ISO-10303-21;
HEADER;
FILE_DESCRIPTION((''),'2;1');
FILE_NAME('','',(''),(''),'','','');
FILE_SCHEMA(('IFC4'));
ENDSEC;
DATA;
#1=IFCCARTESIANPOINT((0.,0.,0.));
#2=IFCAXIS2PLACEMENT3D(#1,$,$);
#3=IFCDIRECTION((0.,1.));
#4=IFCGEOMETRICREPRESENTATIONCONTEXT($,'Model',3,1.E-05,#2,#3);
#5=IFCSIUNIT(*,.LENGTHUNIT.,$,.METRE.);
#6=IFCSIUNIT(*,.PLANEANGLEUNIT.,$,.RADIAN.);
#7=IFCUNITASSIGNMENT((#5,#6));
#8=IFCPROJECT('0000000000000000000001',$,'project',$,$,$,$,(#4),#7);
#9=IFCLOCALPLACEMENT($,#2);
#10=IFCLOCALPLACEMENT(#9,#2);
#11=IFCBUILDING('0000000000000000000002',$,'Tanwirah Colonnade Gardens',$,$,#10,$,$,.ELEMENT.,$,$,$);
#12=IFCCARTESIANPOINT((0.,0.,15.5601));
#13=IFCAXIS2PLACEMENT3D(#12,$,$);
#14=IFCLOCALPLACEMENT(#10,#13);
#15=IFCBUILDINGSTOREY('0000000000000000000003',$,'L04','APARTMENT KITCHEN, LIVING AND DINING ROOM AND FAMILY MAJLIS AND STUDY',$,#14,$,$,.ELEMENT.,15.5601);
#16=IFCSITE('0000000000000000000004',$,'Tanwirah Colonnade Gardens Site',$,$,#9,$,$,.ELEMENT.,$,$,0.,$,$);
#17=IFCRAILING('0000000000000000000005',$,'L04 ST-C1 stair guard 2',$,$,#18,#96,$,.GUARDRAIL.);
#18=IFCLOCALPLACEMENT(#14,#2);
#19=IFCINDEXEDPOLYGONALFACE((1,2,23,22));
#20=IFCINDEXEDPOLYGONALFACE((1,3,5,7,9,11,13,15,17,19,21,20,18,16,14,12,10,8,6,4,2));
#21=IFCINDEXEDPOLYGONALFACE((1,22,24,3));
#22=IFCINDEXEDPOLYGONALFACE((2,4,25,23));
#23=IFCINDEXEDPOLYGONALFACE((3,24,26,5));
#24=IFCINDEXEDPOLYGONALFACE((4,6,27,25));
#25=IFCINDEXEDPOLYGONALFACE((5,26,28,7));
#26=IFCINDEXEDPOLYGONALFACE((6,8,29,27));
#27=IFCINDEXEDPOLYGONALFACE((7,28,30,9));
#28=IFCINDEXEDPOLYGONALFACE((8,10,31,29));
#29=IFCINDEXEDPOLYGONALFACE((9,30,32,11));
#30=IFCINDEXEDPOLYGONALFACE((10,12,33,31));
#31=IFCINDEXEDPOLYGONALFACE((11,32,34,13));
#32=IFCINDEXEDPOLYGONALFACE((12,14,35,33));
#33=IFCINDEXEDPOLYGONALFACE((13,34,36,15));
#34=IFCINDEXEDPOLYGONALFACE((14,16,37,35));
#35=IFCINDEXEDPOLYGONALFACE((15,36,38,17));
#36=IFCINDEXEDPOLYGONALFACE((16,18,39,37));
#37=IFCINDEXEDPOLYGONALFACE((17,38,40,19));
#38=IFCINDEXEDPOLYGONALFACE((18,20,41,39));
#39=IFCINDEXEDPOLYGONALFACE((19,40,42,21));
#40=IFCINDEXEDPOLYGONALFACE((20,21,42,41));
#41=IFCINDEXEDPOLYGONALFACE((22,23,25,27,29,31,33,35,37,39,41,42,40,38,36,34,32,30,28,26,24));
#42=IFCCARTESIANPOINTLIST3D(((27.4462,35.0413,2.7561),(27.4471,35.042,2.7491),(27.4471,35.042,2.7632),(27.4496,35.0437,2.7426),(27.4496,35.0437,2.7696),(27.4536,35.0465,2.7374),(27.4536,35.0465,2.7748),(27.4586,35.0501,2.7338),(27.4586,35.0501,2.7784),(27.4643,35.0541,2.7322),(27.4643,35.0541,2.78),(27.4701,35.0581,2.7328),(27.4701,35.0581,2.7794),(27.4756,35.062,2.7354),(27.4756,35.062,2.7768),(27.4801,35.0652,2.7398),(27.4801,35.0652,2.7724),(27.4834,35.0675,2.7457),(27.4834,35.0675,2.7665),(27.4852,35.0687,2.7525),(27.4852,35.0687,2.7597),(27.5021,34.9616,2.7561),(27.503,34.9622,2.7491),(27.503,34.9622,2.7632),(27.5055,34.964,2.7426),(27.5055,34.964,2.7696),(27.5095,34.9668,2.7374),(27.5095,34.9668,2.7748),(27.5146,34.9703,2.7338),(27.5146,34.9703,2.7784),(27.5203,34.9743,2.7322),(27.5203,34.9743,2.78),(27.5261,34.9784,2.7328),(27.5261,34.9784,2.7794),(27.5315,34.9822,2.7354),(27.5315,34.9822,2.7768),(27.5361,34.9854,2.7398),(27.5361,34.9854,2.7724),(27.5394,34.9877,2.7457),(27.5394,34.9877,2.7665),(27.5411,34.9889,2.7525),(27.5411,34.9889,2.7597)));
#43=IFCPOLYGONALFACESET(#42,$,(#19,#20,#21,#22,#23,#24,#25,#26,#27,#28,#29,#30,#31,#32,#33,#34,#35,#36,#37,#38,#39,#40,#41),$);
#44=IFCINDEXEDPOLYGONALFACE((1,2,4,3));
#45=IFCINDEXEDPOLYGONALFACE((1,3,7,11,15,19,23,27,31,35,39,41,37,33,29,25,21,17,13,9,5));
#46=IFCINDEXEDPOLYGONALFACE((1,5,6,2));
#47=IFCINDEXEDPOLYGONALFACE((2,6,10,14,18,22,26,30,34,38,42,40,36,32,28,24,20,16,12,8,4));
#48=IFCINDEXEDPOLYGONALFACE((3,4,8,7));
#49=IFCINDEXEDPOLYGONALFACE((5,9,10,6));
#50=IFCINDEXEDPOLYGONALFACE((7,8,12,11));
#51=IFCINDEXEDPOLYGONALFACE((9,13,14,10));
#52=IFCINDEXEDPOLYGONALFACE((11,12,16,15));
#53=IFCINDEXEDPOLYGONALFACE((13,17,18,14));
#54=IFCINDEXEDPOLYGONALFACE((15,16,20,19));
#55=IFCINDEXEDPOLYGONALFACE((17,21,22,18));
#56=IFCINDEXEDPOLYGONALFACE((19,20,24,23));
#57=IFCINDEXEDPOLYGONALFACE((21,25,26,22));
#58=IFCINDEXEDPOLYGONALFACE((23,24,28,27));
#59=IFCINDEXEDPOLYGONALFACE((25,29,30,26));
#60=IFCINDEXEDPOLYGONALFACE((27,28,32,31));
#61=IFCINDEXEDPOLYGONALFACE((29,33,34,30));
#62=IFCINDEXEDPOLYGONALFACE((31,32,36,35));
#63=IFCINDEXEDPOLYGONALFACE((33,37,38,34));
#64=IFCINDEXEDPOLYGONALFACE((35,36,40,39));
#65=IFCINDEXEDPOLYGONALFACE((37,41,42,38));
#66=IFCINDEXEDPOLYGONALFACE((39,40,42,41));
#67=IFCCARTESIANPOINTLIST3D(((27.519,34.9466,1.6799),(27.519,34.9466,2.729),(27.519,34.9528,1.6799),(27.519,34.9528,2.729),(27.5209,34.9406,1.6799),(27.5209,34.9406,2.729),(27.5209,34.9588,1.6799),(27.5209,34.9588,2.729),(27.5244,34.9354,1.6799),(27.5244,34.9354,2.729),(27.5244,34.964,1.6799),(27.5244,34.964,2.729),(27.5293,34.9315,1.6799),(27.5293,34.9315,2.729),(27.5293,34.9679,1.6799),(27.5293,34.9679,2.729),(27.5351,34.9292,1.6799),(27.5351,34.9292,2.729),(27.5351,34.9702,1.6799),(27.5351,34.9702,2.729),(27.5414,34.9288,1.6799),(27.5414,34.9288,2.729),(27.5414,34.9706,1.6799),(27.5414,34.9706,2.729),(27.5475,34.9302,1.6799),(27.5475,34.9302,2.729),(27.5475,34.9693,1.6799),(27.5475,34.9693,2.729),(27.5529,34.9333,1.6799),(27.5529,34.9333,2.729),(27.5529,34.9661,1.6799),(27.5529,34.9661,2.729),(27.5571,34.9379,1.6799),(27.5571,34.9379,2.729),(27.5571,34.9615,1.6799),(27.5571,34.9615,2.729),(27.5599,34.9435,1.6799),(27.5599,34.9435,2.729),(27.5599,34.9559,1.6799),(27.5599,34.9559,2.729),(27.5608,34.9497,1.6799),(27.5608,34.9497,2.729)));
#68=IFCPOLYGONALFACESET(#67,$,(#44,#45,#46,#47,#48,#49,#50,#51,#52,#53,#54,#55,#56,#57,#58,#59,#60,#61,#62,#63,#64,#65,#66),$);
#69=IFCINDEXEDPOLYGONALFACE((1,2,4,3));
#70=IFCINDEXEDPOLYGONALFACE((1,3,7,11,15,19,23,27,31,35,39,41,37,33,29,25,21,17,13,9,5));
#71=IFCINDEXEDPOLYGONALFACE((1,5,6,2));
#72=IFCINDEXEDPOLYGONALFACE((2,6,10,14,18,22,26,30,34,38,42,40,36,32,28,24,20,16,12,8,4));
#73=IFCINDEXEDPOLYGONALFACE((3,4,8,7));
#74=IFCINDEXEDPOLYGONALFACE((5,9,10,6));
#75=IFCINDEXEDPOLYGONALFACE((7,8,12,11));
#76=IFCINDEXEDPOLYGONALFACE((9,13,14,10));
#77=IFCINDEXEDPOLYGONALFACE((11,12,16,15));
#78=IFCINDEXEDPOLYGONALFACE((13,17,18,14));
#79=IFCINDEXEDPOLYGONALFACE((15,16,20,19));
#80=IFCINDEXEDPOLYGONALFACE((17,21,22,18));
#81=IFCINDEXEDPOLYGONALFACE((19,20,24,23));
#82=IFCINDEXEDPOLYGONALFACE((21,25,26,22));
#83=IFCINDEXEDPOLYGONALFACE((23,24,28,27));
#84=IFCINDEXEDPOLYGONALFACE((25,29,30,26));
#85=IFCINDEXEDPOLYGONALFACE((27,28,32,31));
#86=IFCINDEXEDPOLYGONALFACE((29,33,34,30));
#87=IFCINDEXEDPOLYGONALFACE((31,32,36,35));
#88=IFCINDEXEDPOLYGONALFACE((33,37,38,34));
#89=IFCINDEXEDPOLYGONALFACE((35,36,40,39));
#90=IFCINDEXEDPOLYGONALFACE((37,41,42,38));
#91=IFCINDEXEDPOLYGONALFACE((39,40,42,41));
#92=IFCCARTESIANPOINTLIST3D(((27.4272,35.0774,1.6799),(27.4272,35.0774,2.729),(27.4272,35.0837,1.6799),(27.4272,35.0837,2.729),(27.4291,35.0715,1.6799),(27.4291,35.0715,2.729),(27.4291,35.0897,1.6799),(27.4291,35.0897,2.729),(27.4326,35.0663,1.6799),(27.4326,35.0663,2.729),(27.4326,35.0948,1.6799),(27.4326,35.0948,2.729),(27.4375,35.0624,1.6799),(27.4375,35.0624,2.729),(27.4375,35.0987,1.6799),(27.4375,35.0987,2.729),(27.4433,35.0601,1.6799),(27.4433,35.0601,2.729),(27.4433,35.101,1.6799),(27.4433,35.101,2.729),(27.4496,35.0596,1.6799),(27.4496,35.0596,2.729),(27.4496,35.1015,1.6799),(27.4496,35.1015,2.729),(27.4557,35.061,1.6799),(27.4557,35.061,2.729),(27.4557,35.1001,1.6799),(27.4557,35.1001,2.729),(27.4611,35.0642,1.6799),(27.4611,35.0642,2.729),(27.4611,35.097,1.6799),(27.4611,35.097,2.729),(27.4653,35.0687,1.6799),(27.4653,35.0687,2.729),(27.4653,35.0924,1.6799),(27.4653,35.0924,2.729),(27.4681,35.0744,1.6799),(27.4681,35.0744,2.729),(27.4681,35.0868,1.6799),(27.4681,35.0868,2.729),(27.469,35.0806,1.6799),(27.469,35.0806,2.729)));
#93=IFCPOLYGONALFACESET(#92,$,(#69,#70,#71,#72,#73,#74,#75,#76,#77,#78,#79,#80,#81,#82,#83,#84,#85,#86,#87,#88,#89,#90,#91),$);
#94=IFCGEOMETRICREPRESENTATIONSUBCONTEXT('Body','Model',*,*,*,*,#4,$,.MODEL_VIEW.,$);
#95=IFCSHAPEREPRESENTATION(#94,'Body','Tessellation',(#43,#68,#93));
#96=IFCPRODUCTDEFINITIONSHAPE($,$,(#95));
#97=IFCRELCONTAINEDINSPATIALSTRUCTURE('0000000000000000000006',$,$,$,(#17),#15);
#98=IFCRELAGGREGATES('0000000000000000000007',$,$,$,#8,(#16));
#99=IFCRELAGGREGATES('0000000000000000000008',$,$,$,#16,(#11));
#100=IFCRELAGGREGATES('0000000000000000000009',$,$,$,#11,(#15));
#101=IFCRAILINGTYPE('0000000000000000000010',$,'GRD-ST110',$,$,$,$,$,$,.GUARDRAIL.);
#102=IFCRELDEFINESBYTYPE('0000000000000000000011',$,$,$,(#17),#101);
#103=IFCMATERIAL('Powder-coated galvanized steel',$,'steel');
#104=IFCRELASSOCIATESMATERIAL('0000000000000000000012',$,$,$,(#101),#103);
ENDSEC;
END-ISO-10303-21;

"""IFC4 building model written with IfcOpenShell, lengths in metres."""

from ifc_helpers import new_model, si_unit, direction, frame, origin, origin_2d, place, context, subcontext, project, spatial, circle, extrude, material, type_object, element, save


model = new_model("IFC4")

# Units and contexts
model_context = context("Model", 3, precision=1e-05, world=origin(), true_north=direction((0.0, 1.0)))
body_context = subcontext(model_context, "Body", "Model", "MODEL_VIEW")
ifc_project = project(units=[si_unit("LENGTHUNIT", "METRE"), si_unit("PLANEANGLEUNIT", "RADIAN")], contexts=[model_context])

# Site, building, storey
site_placement = place(None, origin())
site = spatial("IfcSite", under=ifc_project, at=site_placement, Name="Tanwirah Colonnade Gardens Site", CompositionType="ELEMENT", RefElevation=0.0)
building_placement = place(site_placement, origin())
building = spatial("IfcBuilding", under=site, at=building_placement, Name="Tanwirah Colonnade Gardens", CompositionType="ELEMENT")
storey_placement = place(building_placement, frame((0.0, 0.0, 15.5601)))
storey = spatial("IfcBuildingStorey", under=building, at=storey_placement, Name="L04", Description="APARTMENT KITCHEN, LIVING AND DINING ROOM AND FAMILY MAJLIS AND STUDY", CompositionType="ELEMENT", Elevation=15.5601)

# Railing
ifc_material_1 = material(Name="Powder-coated galvanized steel", Category="steel")
railing_type_1 = type_object("IfcRailingType", Name="GRD-ST110", PredefinedType="GUARDRAIL", material=ifc_material_1)
railing_1_placement = place(storey_placement, frame((27.5398, 34.9497, 1.6799)))
element("IfcRailing", 1, at=railing_1_placement, inside=storey, type_object=railing_type_1, Name="L04 ST-C1 stair guard 2", PredefinedType="GUARDRAIL", context=body_context, shape_type="SweptSolid", body=[
    extrude(circle(Radius=0.0239, at=origin_2d()), frame((-0.0181, 0.0256, 1.0762), z_axis=(-0.574282, 0.818657, 0.0), x_axis=(-0.818657, -0.574282, 0.0)), (0.0, 0.0, 1.0), 0.0974),
    extrude(circle(Radius=0.021, at=origin_2d()), origin(), (0.0, 0.0, 1.0), 1.0491),
    extrude(circle(Radius=0.021, at=origin_2d()), frame((-0.0918, 0.1309, 0.0)), (0.0, 0.0, 1.0), 1.0491),
])

save(model, "model.ifc")
